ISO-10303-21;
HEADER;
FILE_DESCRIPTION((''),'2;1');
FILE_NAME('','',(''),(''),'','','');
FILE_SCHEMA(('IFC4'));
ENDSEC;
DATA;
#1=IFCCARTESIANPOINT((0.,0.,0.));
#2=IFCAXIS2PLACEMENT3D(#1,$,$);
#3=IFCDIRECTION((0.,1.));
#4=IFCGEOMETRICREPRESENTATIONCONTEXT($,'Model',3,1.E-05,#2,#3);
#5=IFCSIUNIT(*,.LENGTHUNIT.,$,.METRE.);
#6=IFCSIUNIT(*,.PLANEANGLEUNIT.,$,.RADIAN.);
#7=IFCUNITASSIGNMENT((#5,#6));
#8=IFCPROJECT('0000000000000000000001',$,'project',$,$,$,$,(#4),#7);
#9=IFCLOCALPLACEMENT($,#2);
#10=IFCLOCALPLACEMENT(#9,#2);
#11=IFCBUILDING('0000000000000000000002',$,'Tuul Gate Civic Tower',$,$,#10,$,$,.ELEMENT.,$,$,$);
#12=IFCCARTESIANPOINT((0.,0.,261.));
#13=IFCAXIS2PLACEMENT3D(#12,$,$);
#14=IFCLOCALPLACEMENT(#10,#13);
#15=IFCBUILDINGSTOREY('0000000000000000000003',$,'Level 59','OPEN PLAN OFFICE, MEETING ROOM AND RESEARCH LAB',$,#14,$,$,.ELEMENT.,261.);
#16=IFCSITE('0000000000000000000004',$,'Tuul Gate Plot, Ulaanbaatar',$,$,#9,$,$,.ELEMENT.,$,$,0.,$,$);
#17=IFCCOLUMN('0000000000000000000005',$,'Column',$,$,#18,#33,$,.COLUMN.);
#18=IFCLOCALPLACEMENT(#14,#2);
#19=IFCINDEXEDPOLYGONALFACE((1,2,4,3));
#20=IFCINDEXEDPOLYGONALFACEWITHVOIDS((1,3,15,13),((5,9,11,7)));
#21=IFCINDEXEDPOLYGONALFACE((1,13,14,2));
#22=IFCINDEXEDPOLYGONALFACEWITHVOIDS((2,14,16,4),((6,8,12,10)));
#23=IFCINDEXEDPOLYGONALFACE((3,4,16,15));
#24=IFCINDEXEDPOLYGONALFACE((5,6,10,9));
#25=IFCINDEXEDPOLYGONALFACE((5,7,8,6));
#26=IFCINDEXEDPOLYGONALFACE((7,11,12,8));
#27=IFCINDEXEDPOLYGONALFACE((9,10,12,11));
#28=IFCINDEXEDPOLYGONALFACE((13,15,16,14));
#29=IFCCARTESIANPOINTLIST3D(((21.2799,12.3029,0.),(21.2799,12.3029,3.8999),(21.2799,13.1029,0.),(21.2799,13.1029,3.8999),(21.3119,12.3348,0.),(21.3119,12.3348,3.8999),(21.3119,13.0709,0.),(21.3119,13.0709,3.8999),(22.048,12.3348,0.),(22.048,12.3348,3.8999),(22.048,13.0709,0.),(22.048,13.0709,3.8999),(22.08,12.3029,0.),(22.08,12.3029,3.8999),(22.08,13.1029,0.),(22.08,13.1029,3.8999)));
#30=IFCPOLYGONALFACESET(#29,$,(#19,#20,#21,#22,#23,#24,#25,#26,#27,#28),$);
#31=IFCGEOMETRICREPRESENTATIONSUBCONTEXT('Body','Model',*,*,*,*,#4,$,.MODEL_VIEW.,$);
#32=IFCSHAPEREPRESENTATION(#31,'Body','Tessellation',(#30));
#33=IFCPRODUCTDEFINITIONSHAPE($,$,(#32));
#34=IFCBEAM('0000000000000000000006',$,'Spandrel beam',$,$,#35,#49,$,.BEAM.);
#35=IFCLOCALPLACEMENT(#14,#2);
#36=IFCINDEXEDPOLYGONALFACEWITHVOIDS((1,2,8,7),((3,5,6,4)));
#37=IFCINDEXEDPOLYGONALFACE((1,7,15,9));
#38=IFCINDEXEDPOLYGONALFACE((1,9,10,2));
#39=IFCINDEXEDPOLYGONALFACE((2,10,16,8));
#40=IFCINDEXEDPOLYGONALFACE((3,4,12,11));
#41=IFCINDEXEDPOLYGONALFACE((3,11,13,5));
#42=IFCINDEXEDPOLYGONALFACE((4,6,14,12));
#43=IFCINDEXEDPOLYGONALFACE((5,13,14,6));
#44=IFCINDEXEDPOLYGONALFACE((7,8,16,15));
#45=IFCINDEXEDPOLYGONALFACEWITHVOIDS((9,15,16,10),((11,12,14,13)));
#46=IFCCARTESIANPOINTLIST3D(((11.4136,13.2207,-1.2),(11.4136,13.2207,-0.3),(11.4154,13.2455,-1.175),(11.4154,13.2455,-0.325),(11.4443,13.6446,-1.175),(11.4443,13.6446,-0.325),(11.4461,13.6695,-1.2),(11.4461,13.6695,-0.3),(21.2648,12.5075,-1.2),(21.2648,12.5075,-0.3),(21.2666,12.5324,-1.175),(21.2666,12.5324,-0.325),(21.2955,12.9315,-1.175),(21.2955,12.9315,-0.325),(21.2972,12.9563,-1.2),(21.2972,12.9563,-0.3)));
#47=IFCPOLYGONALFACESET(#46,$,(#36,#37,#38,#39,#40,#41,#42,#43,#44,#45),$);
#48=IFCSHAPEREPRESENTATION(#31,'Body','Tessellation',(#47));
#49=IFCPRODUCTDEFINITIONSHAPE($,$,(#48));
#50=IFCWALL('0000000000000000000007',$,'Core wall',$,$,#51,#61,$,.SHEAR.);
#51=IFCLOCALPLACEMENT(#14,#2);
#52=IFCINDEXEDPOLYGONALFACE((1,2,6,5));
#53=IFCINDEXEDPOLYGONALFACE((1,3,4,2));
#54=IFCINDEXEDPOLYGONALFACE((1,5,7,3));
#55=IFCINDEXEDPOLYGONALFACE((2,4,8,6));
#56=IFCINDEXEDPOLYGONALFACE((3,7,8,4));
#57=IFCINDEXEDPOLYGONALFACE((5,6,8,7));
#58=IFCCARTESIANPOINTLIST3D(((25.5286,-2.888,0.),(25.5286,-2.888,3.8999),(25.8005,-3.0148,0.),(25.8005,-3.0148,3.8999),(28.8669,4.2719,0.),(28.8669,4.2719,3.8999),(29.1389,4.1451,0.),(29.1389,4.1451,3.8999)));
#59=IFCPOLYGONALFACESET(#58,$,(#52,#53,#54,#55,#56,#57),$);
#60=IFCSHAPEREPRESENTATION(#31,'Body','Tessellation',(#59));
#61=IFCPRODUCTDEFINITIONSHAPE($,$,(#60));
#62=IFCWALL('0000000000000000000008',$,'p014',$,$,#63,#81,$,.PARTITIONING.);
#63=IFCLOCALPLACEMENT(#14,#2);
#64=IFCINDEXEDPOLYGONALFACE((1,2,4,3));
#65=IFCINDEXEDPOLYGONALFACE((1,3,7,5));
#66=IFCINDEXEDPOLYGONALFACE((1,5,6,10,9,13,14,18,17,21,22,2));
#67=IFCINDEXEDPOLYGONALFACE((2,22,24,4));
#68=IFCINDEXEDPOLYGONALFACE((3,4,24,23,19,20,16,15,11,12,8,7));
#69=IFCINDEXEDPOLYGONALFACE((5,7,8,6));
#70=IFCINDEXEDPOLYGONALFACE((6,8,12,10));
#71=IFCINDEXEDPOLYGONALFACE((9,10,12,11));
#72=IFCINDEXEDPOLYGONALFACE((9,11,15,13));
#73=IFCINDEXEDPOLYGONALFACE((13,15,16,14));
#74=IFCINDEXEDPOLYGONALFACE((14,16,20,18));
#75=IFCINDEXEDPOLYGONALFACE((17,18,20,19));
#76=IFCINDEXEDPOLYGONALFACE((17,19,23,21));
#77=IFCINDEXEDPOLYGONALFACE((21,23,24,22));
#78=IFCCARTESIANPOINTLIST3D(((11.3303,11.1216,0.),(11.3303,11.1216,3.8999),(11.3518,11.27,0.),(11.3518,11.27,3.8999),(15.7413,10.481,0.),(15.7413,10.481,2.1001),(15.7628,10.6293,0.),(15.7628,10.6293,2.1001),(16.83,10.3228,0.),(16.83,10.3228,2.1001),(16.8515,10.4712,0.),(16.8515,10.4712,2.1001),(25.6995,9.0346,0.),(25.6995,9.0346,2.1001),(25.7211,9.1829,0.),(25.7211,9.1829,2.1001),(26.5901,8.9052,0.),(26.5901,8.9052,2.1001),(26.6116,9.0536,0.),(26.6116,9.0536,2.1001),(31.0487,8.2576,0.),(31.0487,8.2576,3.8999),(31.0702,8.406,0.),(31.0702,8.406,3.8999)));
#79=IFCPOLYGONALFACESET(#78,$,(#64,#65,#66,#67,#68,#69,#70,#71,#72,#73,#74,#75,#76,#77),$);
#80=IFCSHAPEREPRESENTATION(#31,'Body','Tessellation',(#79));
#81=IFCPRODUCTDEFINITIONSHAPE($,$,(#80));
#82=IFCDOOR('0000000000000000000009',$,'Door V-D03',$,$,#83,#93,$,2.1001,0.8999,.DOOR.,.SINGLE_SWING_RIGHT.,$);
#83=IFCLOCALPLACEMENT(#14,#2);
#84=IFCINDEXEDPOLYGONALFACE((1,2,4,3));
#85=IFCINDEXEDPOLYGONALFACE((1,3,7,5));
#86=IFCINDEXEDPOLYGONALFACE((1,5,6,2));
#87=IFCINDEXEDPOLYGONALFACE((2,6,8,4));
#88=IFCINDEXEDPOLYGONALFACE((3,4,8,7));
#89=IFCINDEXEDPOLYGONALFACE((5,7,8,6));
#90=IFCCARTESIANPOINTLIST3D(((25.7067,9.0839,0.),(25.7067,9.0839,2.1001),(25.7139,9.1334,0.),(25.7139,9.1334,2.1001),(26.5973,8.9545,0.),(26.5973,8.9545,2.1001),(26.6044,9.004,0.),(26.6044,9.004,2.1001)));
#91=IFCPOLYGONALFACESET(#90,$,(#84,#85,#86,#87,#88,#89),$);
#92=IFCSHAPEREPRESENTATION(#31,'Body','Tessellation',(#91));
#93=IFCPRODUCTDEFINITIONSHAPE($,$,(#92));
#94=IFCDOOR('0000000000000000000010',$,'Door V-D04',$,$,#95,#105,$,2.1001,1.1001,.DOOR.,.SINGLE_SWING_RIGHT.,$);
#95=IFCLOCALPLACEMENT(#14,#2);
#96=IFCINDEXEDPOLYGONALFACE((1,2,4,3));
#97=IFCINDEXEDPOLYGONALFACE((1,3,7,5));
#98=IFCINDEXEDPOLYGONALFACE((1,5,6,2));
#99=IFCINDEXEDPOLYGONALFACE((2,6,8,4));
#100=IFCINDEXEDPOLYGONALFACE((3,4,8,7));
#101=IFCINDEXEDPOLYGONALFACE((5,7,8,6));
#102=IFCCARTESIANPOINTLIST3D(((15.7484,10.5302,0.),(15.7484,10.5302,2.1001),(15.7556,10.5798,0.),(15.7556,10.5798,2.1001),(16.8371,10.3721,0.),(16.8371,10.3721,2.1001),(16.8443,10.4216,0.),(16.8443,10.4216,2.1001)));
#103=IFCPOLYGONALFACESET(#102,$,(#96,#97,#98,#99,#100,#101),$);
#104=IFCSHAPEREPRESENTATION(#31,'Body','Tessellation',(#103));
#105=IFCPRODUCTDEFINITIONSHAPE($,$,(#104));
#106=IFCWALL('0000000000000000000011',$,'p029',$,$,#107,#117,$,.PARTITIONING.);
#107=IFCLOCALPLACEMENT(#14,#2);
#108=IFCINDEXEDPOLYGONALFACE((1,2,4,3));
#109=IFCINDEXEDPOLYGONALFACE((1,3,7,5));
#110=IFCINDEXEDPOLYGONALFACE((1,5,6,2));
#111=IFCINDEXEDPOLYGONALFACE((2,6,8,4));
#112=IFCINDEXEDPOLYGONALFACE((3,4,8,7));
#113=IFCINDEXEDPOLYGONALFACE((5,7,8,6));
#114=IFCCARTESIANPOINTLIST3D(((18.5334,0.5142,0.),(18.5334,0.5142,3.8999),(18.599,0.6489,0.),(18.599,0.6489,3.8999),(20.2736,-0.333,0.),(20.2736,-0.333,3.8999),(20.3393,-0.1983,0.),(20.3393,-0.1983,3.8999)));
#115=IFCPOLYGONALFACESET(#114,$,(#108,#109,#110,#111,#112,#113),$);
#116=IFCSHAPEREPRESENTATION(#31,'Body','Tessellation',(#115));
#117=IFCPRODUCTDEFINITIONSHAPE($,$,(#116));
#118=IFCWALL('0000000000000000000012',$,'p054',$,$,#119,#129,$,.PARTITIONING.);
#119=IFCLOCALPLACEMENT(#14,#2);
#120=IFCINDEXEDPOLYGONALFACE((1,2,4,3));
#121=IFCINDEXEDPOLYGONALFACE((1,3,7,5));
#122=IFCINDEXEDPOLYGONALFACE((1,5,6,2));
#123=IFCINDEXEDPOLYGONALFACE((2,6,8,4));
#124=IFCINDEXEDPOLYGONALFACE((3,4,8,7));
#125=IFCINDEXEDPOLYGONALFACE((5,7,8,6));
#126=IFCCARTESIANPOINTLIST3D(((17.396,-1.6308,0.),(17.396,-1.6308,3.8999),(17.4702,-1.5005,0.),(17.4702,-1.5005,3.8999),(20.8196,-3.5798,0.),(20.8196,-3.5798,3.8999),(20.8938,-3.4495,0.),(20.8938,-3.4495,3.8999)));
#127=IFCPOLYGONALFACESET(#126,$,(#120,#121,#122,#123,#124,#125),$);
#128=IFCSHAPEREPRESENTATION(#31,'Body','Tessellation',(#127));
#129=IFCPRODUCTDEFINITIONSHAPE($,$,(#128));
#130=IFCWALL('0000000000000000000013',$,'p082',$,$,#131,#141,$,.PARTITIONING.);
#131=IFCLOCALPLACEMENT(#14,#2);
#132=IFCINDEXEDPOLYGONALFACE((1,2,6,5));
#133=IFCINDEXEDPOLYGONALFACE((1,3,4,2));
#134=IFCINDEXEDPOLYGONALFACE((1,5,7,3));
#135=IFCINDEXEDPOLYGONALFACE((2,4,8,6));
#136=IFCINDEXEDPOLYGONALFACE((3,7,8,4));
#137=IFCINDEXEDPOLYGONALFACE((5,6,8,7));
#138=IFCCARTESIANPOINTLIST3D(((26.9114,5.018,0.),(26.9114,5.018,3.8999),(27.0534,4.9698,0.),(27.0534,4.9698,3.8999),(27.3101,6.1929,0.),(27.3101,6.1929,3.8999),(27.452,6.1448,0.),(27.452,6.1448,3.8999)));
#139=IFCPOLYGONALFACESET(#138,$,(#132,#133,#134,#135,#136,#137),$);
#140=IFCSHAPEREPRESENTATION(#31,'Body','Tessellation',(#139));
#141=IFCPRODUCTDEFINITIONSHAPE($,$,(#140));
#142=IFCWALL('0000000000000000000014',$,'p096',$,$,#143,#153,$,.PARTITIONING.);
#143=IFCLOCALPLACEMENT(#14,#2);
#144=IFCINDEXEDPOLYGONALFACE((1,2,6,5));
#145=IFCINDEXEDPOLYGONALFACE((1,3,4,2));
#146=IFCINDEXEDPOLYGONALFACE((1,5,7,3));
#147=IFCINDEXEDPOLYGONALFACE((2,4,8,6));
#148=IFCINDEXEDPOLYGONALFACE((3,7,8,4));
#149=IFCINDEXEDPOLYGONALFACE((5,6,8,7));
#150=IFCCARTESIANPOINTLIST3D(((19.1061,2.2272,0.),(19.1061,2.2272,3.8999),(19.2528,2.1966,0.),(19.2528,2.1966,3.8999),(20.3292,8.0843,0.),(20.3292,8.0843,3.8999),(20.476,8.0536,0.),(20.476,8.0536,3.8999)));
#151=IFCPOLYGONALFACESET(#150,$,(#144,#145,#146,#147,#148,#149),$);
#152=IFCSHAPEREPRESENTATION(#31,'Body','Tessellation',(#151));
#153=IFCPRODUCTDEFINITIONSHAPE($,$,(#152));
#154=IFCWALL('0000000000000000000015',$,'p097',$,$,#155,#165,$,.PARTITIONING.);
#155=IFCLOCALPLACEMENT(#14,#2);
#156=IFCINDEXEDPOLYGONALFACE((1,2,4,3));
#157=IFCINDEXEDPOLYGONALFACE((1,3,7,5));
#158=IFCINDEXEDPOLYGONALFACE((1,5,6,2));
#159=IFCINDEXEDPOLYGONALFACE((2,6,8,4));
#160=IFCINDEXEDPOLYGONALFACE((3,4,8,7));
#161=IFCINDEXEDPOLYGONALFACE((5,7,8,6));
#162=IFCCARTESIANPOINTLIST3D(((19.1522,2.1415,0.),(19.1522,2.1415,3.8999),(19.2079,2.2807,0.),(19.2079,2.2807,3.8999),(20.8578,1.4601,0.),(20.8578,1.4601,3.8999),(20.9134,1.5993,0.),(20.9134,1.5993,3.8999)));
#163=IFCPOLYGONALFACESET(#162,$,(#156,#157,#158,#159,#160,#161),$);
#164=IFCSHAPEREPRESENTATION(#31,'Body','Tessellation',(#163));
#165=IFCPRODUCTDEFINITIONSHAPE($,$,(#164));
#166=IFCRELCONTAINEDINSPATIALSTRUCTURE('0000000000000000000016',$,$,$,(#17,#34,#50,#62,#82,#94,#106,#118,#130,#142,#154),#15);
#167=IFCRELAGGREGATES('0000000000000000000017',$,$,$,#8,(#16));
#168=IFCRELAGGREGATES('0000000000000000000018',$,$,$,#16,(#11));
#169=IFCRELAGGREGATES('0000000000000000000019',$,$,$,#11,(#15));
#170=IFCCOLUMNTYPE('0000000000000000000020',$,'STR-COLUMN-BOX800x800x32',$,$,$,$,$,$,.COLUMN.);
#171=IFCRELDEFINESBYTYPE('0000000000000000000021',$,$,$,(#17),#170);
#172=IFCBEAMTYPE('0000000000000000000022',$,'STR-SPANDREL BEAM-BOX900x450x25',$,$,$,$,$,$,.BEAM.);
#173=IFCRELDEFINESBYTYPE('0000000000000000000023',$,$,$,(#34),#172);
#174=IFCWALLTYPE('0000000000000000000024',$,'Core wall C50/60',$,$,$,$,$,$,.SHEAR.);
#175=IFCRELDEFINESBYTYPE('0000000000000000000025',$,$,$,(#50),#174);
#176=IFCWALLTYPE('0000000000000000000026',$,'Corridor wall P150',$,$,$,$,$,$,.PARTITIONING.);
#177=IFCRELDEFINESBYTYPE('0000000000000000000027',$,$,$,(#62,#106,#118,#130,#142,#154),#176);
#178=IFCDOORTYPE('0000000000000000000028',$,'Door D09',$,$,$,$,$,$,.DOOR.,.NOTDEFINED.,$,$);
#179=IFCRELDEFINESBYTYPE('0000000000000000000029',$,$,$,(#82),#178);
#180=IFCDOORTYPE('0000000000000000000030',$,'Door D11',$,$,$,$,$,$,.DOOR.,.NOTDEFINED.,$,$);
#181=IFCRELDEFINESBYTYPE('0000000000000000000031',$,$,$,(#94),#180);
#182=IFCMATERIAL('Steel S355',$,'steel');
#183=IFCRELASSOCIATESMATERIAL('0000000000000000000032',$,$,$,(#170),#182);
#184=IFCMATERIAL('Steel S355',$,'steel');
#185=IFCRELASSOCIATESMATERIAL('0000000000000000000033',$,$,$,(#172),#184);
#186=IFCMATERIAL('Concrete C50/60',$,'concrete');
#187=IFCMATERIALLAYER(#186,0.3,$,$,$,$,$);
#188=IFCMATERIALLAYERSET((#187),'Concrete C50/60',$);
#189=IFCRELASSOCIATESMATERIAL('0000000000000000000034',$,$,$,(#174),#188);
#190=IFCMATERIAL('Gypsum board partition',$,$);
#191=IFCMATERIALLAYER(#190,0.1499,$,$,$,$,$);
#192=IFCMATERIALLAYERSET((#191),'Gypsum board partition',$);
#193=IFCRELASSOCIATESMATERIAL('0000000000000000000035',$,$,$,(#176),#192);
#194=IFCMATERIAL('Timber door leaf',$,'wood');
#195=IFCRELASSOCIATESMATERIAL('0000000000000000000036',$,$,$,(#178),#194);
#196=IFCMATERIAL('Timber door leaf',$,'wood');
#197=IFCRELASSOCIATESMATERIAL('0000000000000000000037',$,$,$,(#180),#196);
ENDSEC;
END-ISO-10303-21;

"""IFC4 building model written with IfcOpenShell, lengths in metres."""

from ifc_helpers import new_model, si_unit, direction, frame, frame_2d, origin, origin_2d, place, context, subcontext, project, spatial, rectangle, hollow_rectangle, extrude, material, layer, layer_set, material_profile, profile_set, type_object, element, fill, save


model = new_model("IFC4")

# Units and contexts
model_context = context("Model", 3, precision=1e-05, world=origin(), true_north=direction((0.0, 1.0)))
body_context = subcontext(model_context, "Body", "Model", "MODEL_VIEW")
ifc_project = project(units=[si_unit("LENGTHUNIT", "METRE"), si_unit("PLANEANGLEUNIT", "RADIAN")], contexts=[model_context])

# Site, building, storey
site_placement = place(None, origin())
site = spatial("IfcSite", under=ifc_project, at=site_placement, Name="Tuul Gate Plot, Ulaanbaatar", CompositionType="ELEMENT", RefElevation=0.0)
building_placement = place(site_placement, origin())
building = spatial("IfcBuilding", under=site, at=building_placement, Name="Tuul Gate Civic Tower", CompositionType="ELEMENT")
storey_placement = place(building_placement, frame((0.0, 0.0, 261.0)))
storey = spatial("IfcBuildingStorey", under=building, at=storey_placement, Name="Level 59", Description="OPEN PLAN OFFICE, MEETING ROOM AND RESEARCH LAB", CompositionType="ELEMENT", Elevation=261.0)

# Column
ifc_material_1 = material(Name="Steel S355", Category="steel")
ifc_material_profile_1 = material_profile(ifc_material_1, hollow_rectangle(XDim=0.8, YDim=0.8, WallThickness=0.032, at=origin_2d()), Name="BOX800x800x32")
ifc_profile_set_1 = profile_set([ifc_material_profile_1], Name="Steel S355")
column_type = type_object("IfcColumnType", Name="STR-COLUMN-BOX800x800x32", PredefinedType="COLUMN", material=ifc_profile_set_1)
column_placement = place(storey_placement, frame((21.6799, 12.7029, 0.0), z_axis=(0.0, 0.0, 1.0), x_axis=(1.0, 0.0, 0.0)))
element("IfcColumn", 1, at=column_placement, inside=storey, type_object=column_type, Name="Column", PredefinedType="COLUMN", context=body_context, shape_type="SweptSolid", body=[
    extrude(hollow_rectangle(XDim=0.8, YDim=0.8, WallThickness=0.032, at=origin_2d()), origin(), (0.0, 0.0, 1.0), 3.8999),
])

# Beam
ifc_material_2 = material(Name="Steel S355", Category="steel")
ifc_material_profile_2 = material_profile(ifc_material_2, hollow_rectangle(XDim=0.45, YDim=0.8999, WallThickness=0.0249, at=origin_2d()), Name="BOX900x450x25")
ifc_profile_set_2 = profile_set([ifc_material_profile_2], Name="Steel S355")
beam_type = type_object("IfcBeamType", Name="STR-SPANDREL BEAM-BOX900x450x25", PredefinedType="BEAM", material=ifc_profile_set_2)
beam_placement = place(storey_placement, frame((21.281, 12.7319, -0.75), z_axis=(-0.99739, 0.072203, 0.0), x_axis=(-0.072203, -0.99739, 0.0)))
element("IfcBeam", 2, at=beam_placement, inside=storey, type_object=beam_type, Name="Spandrel beam", PredefinedType="BEAM", context=body_context, shape_type="SweptSolid", body=[
    extrude(hollow_rectangle(XDim=0.45, YDim=0.8999, WallThickness=0.0249, at=origin_2d()), origin(), (0.0, 0.0, 1.0), 9.877),
])

# Wall
ifc_material_3 = material(Name="Concrete C50/60", Category="concrete")
ifc_layer_1 = layer(ifc_material_3, 0.3)
ifc_layer_set_1 = layer_set([ifc_layer_1], Name="Concrete C50/60")
wall_type_1 = type_object("IfcWallType", Name="Core wall C50/60", PredefinedType="SHEAR", material=ifc_layer_set_1)
wall_1_placement = place(storey_placement, frame((25.6646, -2.9514, 0.0), z_axis=(0.0, 0.0, 1.0), x_axis=(0.422583, 0.906324, 0.0)))
element("IfcWall", 3, at=wall_1_placement, inside=storey, type_object=wall_type_1, Name="Core wall", PredefinedType="SHEAR", context=body_context, shape_type="SweptSolid", body=[
    extrude(rectangle(XDim=7.8999, YDim=0.3, at=frame_2d((3.95, 0.0))), origin(), (0.0, 0.0, 1.0), 3.8999),
])

# Wall, openings, doors
ifc_material_4 = material(Name="Gypsum board partition")
ifc_layer_2 = layer(ifc_material_4, 0.1499)
ifc_layer_set_2 = layer_set([ifc_layer_2], Name="Gypsum board partition")
wall_type_2 = type_object("IfcWallType", Name="Corridor wall P150", PredefinedType="PARTITIONING", material=ifc_layer_set_2)
wall_2_placement = place(storey_placement, frame((11.3411, 11.1958, 0.0), z_axis=(0.0, 0.0, 1.0), x_axis=(0.989616, -0.143737, 0.0)))
wall_2 = element("IfcWall", 4, at=wall_2_placement, inside=storey, type_object=wall_type_2, Name="p014", PredefinedType="PARTITIONING", context=body_context, shape_type="SweptSolid", body=[
    extrude(rectangle(XDim=19.9253, YDim=0.1499, at=frame_2d((9.9626, 0.0))), origin(), (0.0, 0.0, 1.0), 3.8999),
])
opening_1_placement = place(wall_2_placement, frame((14.52, 0.0, 0.0)))
opening_1 = element("IfcOpeningElement", 5, at=opening_1_placement, cuts=wall_2, PredefinedType="OPENING", context=body_context, shape_type="SweptSolid", body=[
    extrude(rectangle(XDim=0.8999, YDim=2.1001, at=frame_2d((0.45, 1.05))), frame((0.0, 0.085, 0.0), z_axis=(0.0, -1.0, 0.0), x_axis=(1.0, 0.0, 0.0)), (0.0, 0.0, 1.0), 0.1699),
])
opening_2_placement = place(wall_2_placement, frame((4.4573, 0.0, 0.0)))
opening_2 = element("IfcOpeningElement", 6, at=opening_2_placement, cuts=wall_2, PredefinedType="OPENING", context=body_context, shape_type="SweptSolid", body=[
    extrude(rectangle(XDim=1.1001, YDim=2.1001, at=frame_2d((0.55, 1.05))), frame((0.0, 0.085, 0.0), z_axis=(0.0, -1.0, 0.0), x_axis=(1.0, 0.0, 0.0)), (0.0, 0.0, 1.0), 0.1699),
])
ifc_material_5 = material(Name="Timber door leaf", Category="wood")
door_type_1 = type_object("IfcDoorType", Name="Door D09", OperationType="NOTDEFINED", PredefinedType="DOOR", material=ifc_material_5)
door_1_placement = place(opening_1_placement, origin())
door_1 = element("IfcDoor", 7, at=door_1_placement, inside=storey, type_object=door_type_1, Name="Door V-D03", OperationType="SINGLE_SWING_RIGHT", OverallHeight=2.1001, OverallWidth=0.8999, PredefinedType="DOOR", context=body_context, shape_type="SweptSolid", body=[
    extrude(rectangle(XDim=0.8999, YDim=2.1001, at=frame_2d((0.45, 1.05))), frame((0.0, 0.0249, 0.0), z_axis=(0.0, -1.0, 0.0), x_axis=(1.0, 0.0, 0.0)), (0.0, 0.0, 1.0), 0.05),
])
fill(opening_1, door_1)
ifc_material_6 = material(Name="Timber door leaf", Category="wood")
door_type_2 = type_object("IfcDoorType", Name="Door D11", OperationType="NOTDEFINED", PredefinedType="DOOR", material=ifc_material_6)
door_2_placement = place(opening_2_placement, origin())
door_2 = element("IfcDoor", 8, at=door_2_placement, inside=storey, type_object=door_type_2, Name="Door V-D04", OperationType="SINGLE_SWING_RIGHT", OverallHeight=2.1001, OverallWidth=1.1001, PredefinedType="DOOR", context=body_context, shape_type="SweptSolid", body=[
    extrude(rectangle(XDim=1.1001, YDim=2.1001, at=frame_2d((0.55, 1.05))), frame((0.0, 0.0249, 0.0), z_axis=(0.0, -1.0, 0.0), x_axis=(1.0, 0.0, 0.0)), (0.0, 0.0, 1.0), 0.05),
])
fill(opening_2, door_2)

# Walls
wall_3_placement = place(storey_placement, frame((18.5662, 0.5815, 0.0), z_axis=(0.0, 0.0, 1.0), x_axis=(0.89912, -0.437703, 0.0)))
element("IfcWall", 9, at=wall_3_placement, inside=storey, type_object=wall_type_2, Name="p029", PredefinedType="PARTITIONING", context=body_context, shape_type="SweptSolid", body=[
    extrude(rectangle(XDim=1.9355, YDim=0.1499, at=frame_2d((0.9678, 0.0))), origin(), (0.0, 0.0, 1.0), 3.8999),
])
wall_4_placement = place(storey_placement, frame((17.4331, -1.5657, 0.0), z_axis=(0.0, 0.0, 1.0), x_axis=(0.869047, -0.49473, 0.0)))
element("IfcWall", 10, at=wall_4_placement, inside=storey, type_object=wall_type_2, Name="p054", PredefinedType="PARTITIONING", context=body_context, shape_type="SweptSolid", body=[
    extrude(rectangle(XDim=3.9395, YDim=0.1499, at=frame_2d((1.9697, 0.0))), origin(), (0.0, 0.0, 1.0), 3.8999),
])
wall_5_placement = place(storey_placement, frame((26.9824, 4.9939, 0.0), z_axis=(0.0, 0.0, 1.0), x_axis=(0.321299, 0.946978, 0.0)))
element("IfcWall", 11, at=wall_5_placement, inside=storey, type_object=wall_type_2, Name="p082", PredefinedType="PARTITIONING", context=body_context, shape_type="SweptSolid", body=[
    extrude(rectangle(XDim=1.2407, YDim=0.1499, at=frame_2d((0.6204, 0.0))), origin(), (0.0, 0.0, 1.0), 3.8999),
])
wall_6_placement = place(storey_placement, frame((19.1794, 2.2119, 0.0), z_axis=(0.0, 0.0, 1.0), x_axis=(0.204427, 0.978882, 0.0)))
element("IfcWall", 12, at=wall_6_placement, inside=storey, type_object=wall_type_2, Name="p096", PredefinedType="PARTITIONING", context=body_context, shape_type="SweptSolid", body=[
    extrude(rectangle(XDim=5.9834, YDim=0.1499, at=frame_2d((2.9917, 0.0))), origin(), (0.0, 0.0, 1.0), 3.8999),
])
wall_7_placement = place(storey_placement, frame((19.1799, 2.2112, 0.0), z_axis=(0.0, 0.0, 1.0), x_axis=(0.928632, -0.371001, 0.0)))
element("IfcWall", 13, at=wall_7_placement, inside=storey, type_object=wall_type_2, Name="p097", PredefinedType="PARTITIONING", context=body_context, shape_type="SweptSolid", body=[
    extrude(rectangle(XDim=1.8367, YDim=0.1499, at=frame_2d((0.9185, 0.0))), origin(), (0.0, 0.0, 1.0), 3.8999),
])

save(model, "model.ifc")
